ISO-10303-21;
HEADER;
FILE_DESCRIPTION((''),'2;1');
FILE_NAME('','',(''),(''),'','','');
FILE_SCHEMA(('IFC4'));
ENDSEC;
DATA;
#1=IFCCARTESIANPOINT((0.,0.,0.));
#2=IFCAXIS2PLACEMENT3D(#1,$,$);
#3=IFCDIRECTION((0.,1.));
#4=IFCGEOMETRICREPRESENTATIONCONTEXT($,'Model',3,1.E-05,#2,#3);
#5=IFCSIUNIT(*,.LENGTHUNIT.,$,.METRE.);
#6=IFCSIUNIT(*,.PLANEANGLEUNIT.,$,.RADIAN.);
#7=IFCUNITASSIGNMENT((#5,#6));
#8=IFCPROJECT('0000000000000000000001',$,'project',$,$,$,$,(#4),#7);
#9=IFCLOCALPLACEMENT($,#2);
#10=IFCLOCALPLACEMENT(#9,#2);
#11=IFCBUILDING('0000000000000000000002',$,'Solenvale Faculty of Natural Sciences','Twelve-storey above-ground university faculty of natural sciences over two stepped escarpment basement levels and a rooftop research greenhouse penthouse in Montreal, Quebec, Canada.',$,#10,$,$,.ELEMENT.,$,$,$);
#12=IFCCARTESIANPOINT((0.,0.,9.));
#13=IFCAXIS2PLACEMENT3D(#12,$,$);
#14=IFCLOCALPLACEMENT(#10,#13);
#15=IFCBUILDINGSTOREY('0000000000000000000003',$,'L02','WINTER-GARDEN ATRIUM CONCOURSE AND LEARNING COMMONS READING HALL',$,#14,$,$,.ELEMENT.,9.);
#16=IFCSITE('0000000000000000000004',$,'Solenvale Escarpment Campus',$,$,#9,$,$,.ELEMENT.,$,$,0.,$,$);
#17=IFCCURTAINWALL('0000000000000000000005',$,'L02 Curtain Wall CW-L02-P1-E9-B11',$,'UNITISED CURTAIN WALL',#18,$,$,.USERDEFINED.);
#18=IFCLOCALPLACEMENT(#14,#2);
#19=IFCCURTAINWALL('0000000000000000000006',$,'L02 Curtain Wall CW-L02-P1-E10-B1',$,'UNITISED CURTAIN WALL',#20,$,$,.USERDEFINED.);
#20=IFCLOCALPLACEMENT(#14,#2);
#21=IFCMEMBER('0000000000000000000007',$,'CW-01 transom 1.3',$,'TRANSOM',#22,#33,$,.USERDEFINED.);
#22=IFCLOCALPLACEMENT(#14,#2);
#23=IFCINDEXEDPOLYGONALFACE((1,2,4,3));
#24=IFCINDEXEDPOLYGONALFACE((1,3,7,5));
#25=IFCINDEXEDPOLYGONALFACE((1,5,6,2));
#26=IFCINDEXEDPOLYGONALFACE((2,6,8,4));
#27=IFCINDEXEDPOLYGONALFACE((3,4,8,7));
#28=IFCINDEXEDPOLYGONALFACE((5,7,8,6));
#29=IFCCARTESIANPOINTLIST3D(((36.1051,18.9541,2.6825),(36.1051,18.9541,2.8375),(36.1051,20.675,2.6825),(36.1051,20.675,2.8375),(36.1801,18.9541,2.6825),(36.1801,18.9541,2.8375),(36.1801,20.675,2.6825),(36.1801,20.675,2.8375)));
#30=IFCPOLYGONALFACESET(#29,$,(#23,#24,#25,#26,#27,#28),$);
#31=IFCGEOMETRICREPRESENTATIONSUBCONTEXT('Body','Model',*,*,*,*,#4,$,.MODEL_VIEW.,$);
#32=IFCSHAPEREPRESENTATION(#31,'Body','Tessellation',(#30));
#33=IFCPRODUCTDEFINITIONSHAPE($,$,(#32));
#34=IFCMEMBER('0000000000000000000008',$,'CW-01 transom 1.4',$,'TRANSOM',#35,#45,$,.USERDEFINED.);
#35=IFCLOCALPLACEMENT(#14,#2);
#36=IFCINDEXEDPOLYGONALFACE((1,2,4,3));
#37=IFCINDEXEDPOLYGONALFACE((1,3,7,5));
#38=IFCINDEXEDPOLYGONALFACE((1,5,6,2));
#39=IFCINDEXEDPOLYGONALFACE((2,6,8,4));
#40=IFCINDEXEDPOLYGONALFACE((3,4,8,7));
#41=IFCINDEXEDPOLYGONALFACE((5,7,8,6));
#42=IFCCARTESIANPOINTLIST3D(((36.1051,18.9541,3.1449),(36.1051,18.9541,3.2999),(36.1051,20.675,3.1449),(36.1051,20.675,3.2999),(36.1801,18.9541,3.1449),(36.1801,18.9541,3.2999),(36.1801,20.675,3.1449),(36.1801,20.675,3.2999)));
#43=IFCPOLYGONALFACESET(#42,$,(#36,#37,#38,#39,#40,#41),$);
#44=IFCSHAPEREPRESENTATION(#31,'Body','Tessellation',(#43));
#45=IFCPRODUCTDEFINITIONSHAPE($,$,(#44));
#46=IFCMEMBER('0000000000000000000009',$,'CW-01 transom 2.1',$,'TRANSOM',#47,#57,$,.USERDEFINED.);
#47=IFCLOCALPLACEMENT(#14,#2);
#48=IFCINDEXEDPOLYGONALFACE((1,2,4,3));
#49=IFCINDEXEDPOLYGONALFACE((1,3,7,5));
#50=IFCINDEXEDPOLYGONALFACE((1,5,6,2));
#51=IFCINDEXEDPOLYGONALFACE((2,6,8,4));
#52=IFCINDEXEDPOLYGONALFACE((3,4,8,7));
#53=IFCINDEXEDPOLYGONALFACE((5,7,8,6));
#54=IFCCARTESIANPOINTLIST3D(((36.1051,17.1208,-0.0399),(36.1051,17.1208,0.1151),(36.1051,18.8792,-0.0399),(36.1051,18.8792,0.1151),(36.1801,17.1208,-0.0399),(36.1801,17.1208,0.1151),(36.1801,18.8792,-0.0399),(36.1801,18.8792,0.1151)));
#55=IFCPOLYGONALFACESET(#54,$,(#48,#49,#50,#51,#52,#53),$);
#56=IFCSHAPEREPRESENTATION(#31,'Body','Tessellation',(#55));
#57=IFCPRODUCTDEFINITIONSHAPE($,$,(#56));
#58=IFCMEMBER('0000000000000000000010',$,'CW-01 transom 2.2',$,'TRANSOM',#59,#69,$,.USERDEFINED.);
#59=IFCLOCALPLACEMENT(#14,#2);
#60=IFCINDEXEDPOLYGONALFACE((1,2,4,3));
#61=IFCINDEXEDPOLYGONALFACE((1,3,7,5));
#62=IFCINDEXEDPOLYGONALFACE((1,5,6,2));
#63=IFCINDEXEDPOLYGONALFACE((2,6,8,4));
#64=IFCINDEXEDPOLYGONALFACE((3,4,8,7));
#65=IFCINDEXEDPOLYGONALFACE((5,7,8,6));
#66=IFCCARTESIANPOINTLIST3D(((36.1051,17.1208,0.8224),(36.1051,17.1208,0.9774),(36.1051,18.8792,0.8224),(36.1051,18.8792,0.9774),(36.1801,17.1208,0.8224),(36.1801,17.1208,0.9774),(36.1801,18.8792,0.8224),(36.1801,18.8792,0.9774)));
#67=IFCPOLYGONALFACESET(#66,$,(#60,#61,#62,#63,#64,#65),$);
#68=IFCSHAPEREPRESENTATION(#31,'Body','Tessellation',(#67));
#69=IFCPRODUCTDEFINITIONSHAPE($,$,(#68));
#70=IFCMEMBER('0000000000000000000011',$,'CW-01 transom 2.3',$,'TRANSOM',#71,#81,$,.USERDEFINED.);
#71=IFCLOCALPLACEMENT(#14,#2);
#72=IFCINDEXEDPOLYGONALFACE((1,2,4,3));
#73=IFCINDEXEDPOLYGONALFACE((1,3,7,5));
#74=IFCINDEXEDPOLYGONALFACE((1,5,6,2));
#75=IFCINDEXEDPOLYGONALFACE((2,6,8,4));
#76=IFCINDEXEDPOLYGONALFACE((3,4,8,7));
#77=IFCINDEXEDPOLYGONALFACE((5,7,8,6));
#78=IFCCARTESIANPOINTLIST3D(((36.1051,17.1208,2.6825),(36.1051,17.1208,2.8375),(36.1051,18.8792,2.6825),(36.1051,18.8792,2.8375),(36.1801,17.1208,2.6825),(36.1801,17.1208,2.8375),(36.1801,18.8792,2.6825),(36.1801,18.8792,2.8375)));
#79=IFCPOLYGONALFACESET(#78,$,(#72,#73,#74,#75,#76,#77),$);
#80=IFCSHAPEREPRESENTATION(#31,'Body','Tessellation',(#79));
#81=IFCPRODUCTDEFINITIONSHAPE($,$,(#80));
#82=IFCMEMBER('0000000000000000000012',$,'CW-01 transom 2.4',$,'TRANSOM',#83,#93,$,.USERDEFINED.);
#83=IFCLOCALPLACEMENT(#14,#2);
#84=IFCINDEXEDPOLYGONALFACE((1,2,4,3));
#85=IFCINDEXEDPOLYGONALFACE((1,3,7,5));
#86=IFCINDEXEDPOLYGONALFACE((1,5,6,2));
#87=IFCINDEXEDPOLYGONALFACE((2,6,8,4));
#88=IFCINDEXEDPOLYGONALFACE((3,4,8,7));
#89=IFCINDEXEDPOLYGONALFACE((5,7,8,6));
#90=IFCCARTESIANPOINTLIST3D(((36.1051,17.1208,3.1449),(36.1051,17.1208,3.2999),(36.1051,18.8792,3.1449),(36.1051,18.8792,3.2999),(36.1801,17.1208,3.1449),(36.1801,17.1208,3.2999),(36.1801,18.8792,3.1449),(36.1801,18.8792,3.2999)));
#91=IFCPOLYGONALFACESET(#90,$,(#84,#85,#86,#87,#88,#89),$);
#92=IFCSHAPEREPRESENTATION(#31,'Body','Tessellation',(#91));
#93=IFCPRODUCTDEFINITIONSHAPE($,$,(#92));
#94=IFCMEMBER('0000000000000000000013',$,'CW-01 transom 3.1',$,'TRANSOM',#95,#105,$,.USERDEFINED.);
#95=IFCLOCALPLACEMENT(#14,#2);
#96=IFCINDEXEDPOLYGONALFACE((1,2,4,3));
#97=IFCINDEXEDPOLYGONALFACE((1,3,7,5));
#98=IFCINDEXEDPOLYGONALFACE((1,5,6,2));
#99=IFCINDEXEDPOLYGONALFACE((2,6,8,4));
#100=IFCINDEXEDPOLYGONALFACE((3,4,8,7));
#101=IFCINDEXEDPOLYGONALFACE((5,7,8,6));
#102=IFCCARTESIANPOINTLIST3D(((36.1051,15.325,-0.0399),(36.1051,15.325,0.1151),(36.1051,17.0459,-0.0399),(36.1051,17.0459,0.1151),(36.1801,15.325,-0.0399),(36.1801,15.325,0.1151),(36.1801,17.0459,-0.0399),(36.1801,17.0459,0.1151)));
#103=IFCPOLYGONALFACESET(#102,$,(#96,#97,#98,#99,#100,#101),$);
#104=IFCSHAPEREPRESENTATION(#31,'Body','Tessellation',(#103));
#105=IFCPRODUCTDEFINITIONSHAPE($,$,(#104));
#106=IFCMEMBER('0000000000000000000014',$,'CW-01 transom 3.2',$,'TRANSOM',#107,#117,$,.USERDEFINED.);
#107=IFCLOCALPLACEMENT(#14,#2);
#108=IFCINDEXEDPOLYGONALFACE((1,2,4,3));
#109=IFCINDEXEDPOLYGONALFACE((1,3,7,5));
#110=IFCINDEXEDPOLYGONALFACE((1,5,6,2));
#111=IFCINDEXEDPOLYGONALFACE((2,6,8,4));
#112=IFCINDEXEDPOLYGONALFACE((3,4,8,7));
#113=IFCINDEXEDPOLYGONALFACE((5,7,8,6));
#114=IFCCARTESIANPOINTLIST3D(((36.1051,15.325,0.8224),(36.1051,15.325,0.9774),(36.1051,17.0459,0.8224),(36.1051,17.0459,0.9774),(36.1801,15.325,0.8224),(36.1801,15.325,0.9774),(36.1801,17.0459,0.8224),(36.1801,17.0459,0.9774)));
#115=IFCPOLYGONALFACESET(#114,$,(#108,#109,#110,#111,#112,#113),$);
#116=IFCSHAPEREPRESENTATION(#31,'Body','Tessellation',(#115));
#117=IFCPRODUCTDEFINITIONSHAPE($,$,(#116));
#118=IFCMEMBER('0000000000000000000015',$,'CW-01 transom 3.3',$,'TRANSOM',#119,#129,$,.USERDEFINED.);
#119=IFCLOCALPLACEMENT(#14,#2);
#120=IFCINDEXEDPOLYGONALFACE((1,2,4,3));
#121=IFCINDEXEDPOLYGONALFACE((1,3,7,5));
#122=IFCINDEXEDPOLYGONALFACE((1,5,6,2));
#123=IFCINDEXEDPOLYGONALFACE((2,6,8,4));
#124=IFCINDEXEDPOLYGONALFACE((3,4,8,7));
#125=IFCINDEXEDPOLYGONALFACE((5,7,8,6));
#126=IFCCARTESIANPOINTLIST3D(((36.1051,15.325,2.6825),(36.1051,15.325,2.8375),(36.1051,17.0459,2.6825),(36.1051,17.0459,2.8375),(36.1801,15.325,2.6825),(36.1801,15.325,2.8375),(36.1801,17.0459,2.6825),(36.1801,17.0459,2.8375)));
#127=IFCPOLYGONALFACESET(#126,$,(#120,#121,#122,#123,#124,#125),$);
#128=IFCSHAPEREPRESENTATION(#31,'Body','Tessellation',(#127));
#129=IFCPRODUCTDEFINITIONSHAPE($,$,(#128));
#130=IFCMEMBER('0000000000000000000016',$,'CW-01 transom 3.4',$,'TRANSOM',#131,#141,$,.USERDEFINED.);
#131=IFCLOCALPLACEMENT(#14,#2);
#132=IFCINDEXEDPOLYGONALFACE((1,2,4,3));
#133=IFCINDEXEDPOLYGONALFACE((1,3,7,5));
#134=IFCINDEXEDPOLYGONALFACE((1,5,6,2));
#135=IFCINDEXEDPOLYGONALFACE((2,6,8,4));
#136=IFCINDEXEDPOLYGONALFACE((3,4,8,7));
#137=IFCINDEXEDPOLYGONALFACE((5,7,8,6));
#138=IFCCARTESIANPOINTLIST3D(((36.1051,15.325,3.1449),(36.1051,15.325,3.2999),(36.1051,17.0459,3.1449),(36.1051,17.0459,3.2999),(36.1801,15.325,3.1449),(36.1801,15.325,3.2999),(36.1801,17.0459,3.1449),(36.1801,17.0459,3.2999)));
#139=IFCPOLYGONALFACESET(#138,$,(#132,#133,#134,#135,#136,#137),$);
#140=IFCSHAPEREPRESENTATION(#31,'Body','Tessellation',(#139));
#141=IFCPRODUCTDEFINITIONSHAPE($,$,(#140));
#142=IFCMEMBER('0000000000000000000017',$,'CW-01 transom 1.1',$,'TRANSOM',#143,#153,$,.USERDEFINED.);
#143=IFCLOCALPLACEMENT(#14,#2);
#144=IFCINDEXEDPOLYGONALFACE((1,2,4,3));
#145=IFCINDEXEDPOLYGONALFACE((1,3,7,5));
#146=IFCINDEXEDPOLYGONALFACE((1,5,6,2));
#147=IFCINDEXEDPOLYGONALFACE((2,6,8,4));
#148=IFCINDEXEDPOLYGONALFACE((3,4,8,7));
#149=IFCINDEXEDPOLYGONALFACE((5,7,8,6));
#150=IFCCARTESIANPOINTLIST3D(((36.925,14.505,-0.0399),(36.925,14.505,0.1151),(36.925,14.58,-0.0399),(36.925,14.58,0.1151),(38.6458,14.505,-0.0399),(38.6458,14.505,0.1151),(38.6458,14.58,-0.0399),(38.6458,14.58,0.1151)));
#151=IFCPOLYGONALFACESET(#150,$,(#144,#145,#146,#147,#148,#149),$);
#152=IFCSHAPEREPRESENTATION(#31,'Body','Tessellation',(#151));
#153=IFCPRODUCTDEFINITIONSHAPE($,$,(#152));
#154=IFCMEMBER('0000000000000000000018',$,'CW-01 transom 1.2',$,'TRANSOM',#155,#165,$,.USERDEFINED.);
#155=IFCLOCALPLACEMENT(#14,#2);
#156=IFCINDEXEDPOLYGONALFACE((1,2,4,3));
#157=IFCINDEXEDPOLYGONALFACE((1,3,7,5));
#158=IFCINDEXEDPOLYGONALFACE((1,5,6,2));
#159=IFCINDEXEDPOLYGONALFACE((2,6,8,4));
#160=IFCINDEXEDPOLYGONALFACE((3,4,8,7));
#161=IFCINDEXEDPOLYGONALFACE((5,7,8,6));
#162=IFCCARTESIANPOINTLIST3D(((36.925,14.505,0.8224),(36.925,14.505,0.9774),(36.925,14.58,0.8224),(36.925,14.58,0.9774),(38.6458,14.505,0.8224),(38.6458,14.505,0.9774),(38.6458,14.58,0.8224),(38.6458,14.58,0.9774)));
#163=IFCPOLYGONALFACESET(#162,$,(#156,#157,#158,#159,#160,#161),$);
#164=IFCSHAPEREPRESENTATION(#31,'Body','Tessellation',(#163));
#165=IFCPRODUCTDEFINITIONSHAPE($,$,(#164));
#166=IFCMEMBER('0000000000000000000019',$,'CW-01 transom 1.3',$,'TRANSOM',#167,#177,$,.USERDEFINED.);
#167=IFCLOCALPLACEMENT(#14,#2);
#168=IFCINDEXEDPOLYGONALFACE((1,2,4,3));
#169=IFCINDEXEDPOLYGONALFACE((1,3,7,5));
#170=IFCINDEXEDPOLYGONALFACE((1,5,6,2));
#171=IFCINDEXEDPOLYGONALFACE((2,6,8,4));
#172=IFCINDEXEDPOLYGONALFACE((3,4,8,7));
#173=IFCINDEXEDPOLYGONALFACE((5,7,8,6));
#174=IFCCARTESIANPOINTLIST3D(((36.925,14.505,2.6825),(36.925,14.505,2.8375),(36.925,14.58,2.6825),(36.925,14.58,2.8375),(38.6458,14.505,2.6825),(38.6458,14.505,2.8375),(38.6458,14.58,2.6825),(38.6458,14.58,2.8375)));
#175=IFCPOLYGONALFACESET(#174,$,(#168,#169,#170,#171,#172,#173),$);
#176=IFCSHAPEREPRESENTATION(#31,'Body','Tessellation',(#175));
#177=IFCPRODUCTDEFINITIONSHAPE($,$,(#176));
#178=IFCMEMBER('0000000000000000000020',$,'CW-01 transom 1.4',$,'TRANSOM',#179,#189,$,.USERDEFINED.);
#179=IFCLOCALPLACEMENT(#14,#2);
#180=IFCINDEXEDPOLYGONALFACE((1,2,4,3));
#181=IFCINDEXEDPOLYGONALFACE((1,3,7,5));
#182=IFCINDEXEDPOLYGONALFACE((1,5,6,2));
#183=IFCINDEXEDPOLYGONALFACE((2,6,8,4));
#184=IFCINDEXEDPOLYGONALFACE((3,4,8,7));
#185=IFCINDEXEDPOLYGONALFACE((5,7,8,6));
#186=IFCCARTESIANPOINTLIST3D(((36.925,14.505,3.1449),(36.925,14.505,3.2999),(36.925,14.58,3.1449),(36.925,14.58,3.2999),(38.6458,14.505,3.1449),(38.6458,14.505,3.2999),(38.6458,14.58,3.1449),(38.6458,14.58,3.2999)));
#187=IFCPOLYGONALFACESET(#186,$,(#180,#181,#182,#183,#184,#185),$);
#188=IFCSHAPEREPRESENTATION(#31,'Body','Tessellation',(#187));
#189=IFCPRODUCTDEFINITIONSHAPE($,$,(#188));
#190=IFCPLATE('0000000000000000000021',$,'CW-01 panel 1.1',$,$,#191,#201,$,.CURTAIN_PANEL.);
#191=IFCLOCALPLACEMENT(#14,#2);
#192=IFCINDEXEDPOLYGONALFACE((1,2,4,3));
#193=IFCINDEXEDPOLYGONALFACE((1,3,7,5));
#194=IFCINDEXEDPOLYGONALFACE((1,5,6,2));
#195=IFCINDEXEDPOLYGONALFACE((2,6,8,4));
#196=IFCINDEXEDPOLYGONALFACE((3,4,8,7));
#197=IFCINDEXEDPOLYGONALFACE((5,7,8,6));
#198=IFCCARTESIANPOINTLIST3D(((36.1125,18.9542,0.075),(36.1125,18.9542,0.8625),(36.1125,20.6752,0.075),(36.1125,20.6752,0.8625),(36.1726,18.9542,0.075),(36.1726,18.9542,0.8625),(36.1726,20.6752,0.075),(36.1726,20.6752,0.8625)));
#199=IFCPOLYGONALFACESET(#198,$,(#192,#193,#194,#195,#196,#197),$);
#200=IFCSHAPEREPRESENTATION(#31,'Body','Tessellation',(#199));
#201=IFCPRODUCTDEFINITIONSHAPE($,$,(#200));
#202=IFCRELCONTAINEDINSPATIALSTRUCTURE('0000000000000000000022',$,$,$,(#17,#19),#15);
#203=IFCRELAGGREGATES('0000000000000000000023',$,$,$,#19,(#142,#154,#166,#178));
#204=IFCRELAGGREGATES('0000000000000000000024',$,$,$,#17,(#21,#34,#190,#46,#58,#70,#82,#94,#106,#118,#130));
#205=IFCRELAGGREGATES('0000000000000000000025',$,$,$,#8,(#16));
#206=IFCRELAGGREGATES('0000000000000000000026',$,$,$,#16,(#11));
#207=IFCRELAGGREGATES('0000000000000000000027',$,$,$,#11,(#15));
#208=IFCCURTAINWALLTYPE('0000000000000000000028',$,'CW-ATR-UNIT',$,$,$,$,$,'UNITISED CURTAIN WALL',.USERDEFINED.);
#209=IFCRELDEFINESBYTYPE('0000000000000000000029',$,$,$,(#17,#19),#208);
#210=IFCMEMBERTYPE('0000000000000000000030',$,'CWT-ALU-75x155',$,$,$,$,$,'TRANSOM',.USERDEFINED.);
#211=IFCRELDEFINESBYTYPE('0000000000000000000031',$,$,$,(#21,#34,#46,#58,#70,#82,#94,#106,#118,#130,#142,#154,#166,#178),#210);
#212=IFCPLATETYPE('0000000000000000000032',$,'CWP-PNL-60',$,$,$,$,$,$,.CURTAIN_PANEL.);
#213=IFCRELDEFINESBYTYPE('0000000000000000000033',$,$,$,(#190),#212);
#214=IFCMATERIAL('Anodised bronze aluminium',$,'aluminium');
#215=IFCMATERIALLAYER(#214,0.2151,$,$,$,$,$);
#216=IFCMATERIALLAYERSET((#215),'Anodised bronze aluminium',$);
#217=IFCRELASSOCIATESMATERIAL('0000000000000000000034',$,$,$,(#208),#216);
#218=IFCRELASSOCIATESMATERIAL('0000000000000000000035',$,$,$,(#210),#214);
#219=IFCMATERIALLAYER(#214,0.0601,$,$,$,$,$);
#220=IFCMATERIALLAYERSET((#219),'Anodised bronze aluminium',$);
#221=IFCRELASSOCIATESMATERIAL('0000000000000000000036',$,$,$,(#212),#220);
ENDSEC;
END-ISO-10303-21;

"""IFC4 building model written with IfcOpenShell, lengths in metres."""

from ifc_helpers import new_model, si_unit, direction, frame, origin, origin_2d, place, context, subcontext, project, spatial, rectangle, extrude, material, layer, layer_set, material_profile, profile_set, type_object, element, aggregate, save


model = new_model("IFC4")

# Units and contexts
model_context = context("Model", 3, precision=1e-05, world=origin(), true_north=direction((0.0, 1.0)))
body_context = subcontext(model_context, "Body", "Model", "MODEL_VIEW")
ifc_project = project(units=[si_unit("LENGTHUNIT", "METRE"), si_unit("PLANEANGLEUNIT", "RADIAN")], contexts=[model_context])

# Site, building, storey
site_placement = place(None, origin())
site = spatial("IfcSite", under=ifc_project, at=site_placement, Name="Solenvale Escarpment Campus", CompositionType="ELEMENT", RefElevation=0.0)
building_placement = place(site_placement, origin())
building = spatial("IfcBuilding", under=site, at=building_placement, Name="Solenvale Faculty of Natural Sciences", Description="Twelve-storey above-ground university faculty of natural sciences over two stepped escarpment basement levels and a rooftop research greenhouse penthouse in Montreal, Quebec, Canada.", CompositionType="ELEMENT")
storey_placement = place(building_placement, frame((0.0, 0.0, 9.0)))
storey = spatial("IfcBuildingStorey", under=building, at=storey_placement, Name="L02", Description="WINTER-GARDEN ATRIUM CONCOURSE AND LEARNING COMMONS READING HALL", CompositionType="ELEMENT", Elevation=9.0)

# Curtain wall
ifc_material_1 = material(Name="Anodised bronze aluminium", Category="aluminium")
ifc_layer_1 = layer(ifc_material_1, 0.2151)
ifc_layer_set_1 = layer_set([ifc_layer_1], Name="Anodised bronze aluminium")
curtain_wall_type = type_object("IfcCurtainWallType", Name="CW-ATR-UNIT", ElementType="UNITISED CURTAIN WALL", PredefinedType="USERDEFINED", material=ifc_layer_set_1)
curtain_wall_1_placement = place(storey_placement, origin())
curtain_wall_1 = element("IfcCurtainWall", 1, at=curtain_wall_1_placement, inside=storey, type_object=curtain_wall_type, Name="L02 Curtain Wall CW-L02-P1-E9-B11", ObjectType="UNITISED CURTAIN WALL", PredefinedType="USERDEFINED")

# Curtain wall
curtain_wall_2_placement = place(storey_placement, origin())
curtain_wall_2 = element("IfcCurtainWall", 2, at=curtain_wall_2_placement, inside=storey, type_object=curtain_wall_type, Name="L02 Curtain Wall CW-L02-P1-E10-B1", ObjectType="UNITISED CURTAIN WALL", PredefinedType="USERDEFINED")

# Members
ifc_material_profile_1 = material_profile(ifc_material_1, rectangle(XDim=0.075, YDim=0.155, at=origin_2d()), Name="ALU-TRN-75x155")
ifc_profile_set_1 = profile_set([ifc_material_profile_1], Name="Anodised bronze aluminium")
member_type_1 = type_object("IfcMemberType", Name="CWT-ALU-75x155", ElementType="TRANSOM", PredefinedType="USERDEFINED", material=ifc_profile_set_1)
member_1_placement = place(storey_placement, frame((36.1426, 20.675, 2.76), z_axis=(0.0, -1.0, 0.0), x_axis=(1.0, 0.0, 0.0)))
member_1 = element("IfcMember", 3, at=member_1_placement, type_object=member_type_1, Name="CW-01 transom 1.3", ObjectType="TRANSOM", PredefinedType="USERDEFINED", context=body_context, shape_type="SweptSolid", body=[
    extrude(rectangle(XDim=0.075, YDim=0.155, at=origin_2d()), origin(), (0.0, 0.0, 1.0), 1.7209),
])
member_2_placement = place(storey_placement, frame((36.1426, 20.675, 3.2224), z_axis=(0.0, -1.0, 0.0), x_axis=(1.0, 0.0, 0.0)))
member_2 = element("IfcMember", 4, at=member_2_placement, type_object=member_type_1, Name="CW-01 transom 1.4", ObjectType="TRANSOM", PredefinedType="USERDEFINED", context=body_context, shape_type="SweptSolid", body=[
    extrude(rectangle(XDim=0.075, YDim=0.155, at=origin_2d()), origin(), (0.0, 0.0, 1.0), 1.7209),
])
member_3_placement = place(storey_placement, frame((36.1426, 18.8792, 0.0376), z_axis=(0.0, -1.0, 0.0), x_axis=(1.0, 0.0, 0.0)))
member_3 = element("IfcMember", 5, at=member_3_placement, type_object=member_type_1, Name="CW-01 transom 2.1", ObjectType="TRANSOM", PredefinedType="USERDEFINED", context=body_context, shape_type="SweptSolid", body=[
    extrude(rectangle(XDim=0.075, YDim=0.155, at=origin_2d()), origin(), (0.0, 0.0, 1.0), 1.7583),
])
member_4_placement = place(storey_placement, frame((36.1426, 18.8792, 0.8999), z_axis=(0.0, -1.0, 0.0), x_axis=(1.0, 0.0, 0.0)))
member_4 = element("IfcMember", 6, at=member_4_placement, type_object=member_type_1, Name="CW-01 transom 2.2", ObjectType="TRANSOM", PredefinedType="USERDEFINED", context=body_context, shape_type="SweptSolid", body=[
    extrude(rectangle(XDim=0.075, YDim=0.155, at=origin_2d()), origin(), (0.0, 0.0, 1.0), 1.7583),
])
member_5_placement = place(storey_placement, frame((36.1426, 18.8792, 2.76), z_axis=(0.0, -1.0, 0.0), x_axis=(1.0, 0.0, 0.0)))
member_5 = element("IfcMember", 7, at=member_5_placement, type_object=member_type_1, Name="CW-01 transom 2.3", ObjectType="TRANSOM", PredefinedType="USERDEFINED", context=body_context, shape_type="SweptSolid", body=[
    extrude(rectangle(XDim=0.075, YDim=0.155, at=origin_2d()), origin(), (0.0, 0.0, 1.0), 1.7583),
])
member_6_placement = place(storey_placement, frame((36.1426, 18.8792, 3.2224), z_axis=(0.0, -1.0, 0.0), x_axis=(1.0, 0.0, 0.0)))
member_6 = element("IfcMember", 8, at=member_6_placement, type_object=member_type_1, Name="CW-01 transom 2.4", ObjectType="TRANSOM", PredefinedType="USERDEFINED", context=body_context, shape_type="SweptSolid", body=[
    extrude(rectangle(XDim=0.075, YDim=0.155, at=origin_2d()), origin(), (0.0, 0.0, 1.0), 1.7583),
])
member_7_placement = place(storey_placement, frame((36.1426, 17.0459, 0.0376), z_axis=(0.0, -1.0, 0.0), x_axis=(1.0, 0.0, 0.0)))
member_7 = element("IfcMember", 9, at=member_7_placement, type_object=member_type_1, Name="CW-01 transom 3.1", ObjectType="TRANSOM", PredefinedType="USERDEFINED", context=body_context, shape_type="SweptSolid", body=[
    extrude(rectangle(XDim=0.075, YDim=0.155, at=origin_2d()), origin(), (0.0, 0.0, 1.0), 1.7209),
])
member_8_placement = place(storey_placement, frame((36.1426, 17.0459, 0.8999), z_axis=(0.0, -1.0, 0.0), x_axis=(1.0, 0.0, 0.0)))
member_8 = element("IfcMember", 10, at=member_8_placement, type_object=member_type_1, Name="CW-01 transom 3.2", ObjectType="TRANSOM", PredefinedType="USERDEFINED", context=body_context, shape_type="SweptSolid", body=[
    extrude(rectangle(XDim=0.075, YDim=0.155, at=origin_2d()), origin(), (0.0, 0.0, 1.0), 1.7209),
])
member_9_placement = place(storey_placement, frame((36.1426, 17.0459, 2.76), z_axis=(0.0, -1.0, 0.0), x_axis=(1.0, 0.0, 0.0)))
member_9 = element("IfcMember", 11, at=member_9_placement, type_object=member_type_1, Name="CW-01 transom 3.3", ObjectType="TRANSOM", PredefinedType="USERDEFINED", context=body_context, shape_type="SweptSolid", body=[
    extrude(rectangle(XDim=0.075, YDim=0.155, at=origin_2d()), origin(), (0.0, 0.0, 1.0), 1.7209),
])
member_10_placement = place(storey_placement, frame((36.1426, 17.0459, 3.2224), z_axis=(0.0, -1.0, 0.0), x_axis=(1.0, 0.0, 0.0)))
member_10 = element("IfcMember", 12, at=member_10_placement, type_object=member_type_1, Name="CW-01 transom 3.4", ObjectType="TRANSOM", PredefinedType="USERDEFINED", context=body_context, shape_type="SweptSolid", body=[
    extrude(rectangle(XDim=0.075, YDim=0.155, at=origin_2d()), origin(), (0.0, 0.0, 1.0), 1.7209),
])
member_11_placement = place(storey_placement, frame((36.925, 14.5425, 0.0376), z_axis=(1.0, 0.0, 0.0), x_axis=(0.0, 1.0, 0.0)))
member_11 = element("IfcMember", 13, at=member_11_placement, type_object=member_type_1, Name="CW-01 transom 1.1", ObjectType="TRANSOM", PredefinedType="USERDEFINED", context=body_context, shape_type="SweptSolid", body=[
    extrude(rectangle(XDim=0.075, YDim=0.155, at=origin_2d()), origin(), (0.0, 0.0, 1.0), 1.7207),
])
member_12_placement = place(storey_placement, frame((36.925, 14.5425, 0.8999), z_axis=(1.0, 0.0, 0.0), x_axis=(0.0, 1.0, 0.0)))
member_12 = element("IfcMember", 14, at=member_12_placement, type_object=member_type_1, Name="CW-01 transom 1.2", ObjectType="TRANSOM", PredefinedType="USERDEFINED", context=body_context, shape_type="SweptSolid", body=[
    extrude(rectangle(XDim=0.075, YDim=0.155, at=origin_2d()), origin(), (0.0, 0.0, 1.0), 1.7207),
])
member_13_placement = place(storey_placement, frame((36.925, 14.5425, 2.76), z_axis=(1.0, 0.0, 0.0), x_axis=(0.0, 1.0, 0.0)))
member_13 = element("IfcMember", 15, at=member_13_placement, type_object=member_type_1, Name="CW-01 transom 1.3", ObjectType="TRANSOM", PredefinedType="USERDEFINED", context=body_context, shape_type="SweptSolid", body=[
    extrude(rectangle(XDim=0.075, YDim=0.155, at=origin_2d()), origin(), (0.0, 0.0, 1.0), 1.7207),
])
member_14_placement = place(storey_placement, frame((36.925, 14.5425, 3.2224), z_axis=(1.0, 0.0, 0.0), x_axis=(0.0, 1.0, 0.0)))
member_14 = element("IfcMember", 16, at=member_14_placement, type_object=member_type_1, Name="CW-01 transom 1.4", ObjectType="TRANSOM", PredefinedType="USERDEFINED", context=body_context, shape_type="SweptSolid", body=[
    extrude(rectangle(XDim=0.075, YDim=0.155, at=origin_2d()), origin(), (0.0, 0.0, 1.0), 1.7207),
])
aggregate(curtain_wall_2, [member_11, member_12, member_13, member_14])

# Plate
ifc_layer_2 = layer(ifc_material_1, 0.0601)
ifc_layer_set_2 = layer_set([ifc_layer_2], Name="Anodised bronze aluminium")
plate_type = type_object("IfcPlateType", Name="CWP-PNL-60", PredefinedType="CURTAIN_PANEL", material=ifc_layer_set_2)
plate_1_placement = place(storey_placement, frame((36.1426, 19.8147, 0.075), z_axis=(0.0, 0.0, 1.0), x_axis=(0.0, -1.0, 0.0)))
plate_1 = element("IfcPlate", 17, at=plate_1_placement, type_object=plate_type, Name="CW-01 panel 1.1", PredefinedType="CURTAIN_PANEL", context=body_context, shape_type="SweptSolid", body=[
    extrude(rectangle(XDim=1.7209, YDim=0.0601, at=origin_2d()), origin(), (0.0, 0.0, 1.0), 0.7876),
])
aggregate(curtain_wall_1, [member_1, member_2, plate_1, member_3, member_4, member_5, member_6, member_7, member_8, member_9, member_10])

save(model, "model.ifc")
